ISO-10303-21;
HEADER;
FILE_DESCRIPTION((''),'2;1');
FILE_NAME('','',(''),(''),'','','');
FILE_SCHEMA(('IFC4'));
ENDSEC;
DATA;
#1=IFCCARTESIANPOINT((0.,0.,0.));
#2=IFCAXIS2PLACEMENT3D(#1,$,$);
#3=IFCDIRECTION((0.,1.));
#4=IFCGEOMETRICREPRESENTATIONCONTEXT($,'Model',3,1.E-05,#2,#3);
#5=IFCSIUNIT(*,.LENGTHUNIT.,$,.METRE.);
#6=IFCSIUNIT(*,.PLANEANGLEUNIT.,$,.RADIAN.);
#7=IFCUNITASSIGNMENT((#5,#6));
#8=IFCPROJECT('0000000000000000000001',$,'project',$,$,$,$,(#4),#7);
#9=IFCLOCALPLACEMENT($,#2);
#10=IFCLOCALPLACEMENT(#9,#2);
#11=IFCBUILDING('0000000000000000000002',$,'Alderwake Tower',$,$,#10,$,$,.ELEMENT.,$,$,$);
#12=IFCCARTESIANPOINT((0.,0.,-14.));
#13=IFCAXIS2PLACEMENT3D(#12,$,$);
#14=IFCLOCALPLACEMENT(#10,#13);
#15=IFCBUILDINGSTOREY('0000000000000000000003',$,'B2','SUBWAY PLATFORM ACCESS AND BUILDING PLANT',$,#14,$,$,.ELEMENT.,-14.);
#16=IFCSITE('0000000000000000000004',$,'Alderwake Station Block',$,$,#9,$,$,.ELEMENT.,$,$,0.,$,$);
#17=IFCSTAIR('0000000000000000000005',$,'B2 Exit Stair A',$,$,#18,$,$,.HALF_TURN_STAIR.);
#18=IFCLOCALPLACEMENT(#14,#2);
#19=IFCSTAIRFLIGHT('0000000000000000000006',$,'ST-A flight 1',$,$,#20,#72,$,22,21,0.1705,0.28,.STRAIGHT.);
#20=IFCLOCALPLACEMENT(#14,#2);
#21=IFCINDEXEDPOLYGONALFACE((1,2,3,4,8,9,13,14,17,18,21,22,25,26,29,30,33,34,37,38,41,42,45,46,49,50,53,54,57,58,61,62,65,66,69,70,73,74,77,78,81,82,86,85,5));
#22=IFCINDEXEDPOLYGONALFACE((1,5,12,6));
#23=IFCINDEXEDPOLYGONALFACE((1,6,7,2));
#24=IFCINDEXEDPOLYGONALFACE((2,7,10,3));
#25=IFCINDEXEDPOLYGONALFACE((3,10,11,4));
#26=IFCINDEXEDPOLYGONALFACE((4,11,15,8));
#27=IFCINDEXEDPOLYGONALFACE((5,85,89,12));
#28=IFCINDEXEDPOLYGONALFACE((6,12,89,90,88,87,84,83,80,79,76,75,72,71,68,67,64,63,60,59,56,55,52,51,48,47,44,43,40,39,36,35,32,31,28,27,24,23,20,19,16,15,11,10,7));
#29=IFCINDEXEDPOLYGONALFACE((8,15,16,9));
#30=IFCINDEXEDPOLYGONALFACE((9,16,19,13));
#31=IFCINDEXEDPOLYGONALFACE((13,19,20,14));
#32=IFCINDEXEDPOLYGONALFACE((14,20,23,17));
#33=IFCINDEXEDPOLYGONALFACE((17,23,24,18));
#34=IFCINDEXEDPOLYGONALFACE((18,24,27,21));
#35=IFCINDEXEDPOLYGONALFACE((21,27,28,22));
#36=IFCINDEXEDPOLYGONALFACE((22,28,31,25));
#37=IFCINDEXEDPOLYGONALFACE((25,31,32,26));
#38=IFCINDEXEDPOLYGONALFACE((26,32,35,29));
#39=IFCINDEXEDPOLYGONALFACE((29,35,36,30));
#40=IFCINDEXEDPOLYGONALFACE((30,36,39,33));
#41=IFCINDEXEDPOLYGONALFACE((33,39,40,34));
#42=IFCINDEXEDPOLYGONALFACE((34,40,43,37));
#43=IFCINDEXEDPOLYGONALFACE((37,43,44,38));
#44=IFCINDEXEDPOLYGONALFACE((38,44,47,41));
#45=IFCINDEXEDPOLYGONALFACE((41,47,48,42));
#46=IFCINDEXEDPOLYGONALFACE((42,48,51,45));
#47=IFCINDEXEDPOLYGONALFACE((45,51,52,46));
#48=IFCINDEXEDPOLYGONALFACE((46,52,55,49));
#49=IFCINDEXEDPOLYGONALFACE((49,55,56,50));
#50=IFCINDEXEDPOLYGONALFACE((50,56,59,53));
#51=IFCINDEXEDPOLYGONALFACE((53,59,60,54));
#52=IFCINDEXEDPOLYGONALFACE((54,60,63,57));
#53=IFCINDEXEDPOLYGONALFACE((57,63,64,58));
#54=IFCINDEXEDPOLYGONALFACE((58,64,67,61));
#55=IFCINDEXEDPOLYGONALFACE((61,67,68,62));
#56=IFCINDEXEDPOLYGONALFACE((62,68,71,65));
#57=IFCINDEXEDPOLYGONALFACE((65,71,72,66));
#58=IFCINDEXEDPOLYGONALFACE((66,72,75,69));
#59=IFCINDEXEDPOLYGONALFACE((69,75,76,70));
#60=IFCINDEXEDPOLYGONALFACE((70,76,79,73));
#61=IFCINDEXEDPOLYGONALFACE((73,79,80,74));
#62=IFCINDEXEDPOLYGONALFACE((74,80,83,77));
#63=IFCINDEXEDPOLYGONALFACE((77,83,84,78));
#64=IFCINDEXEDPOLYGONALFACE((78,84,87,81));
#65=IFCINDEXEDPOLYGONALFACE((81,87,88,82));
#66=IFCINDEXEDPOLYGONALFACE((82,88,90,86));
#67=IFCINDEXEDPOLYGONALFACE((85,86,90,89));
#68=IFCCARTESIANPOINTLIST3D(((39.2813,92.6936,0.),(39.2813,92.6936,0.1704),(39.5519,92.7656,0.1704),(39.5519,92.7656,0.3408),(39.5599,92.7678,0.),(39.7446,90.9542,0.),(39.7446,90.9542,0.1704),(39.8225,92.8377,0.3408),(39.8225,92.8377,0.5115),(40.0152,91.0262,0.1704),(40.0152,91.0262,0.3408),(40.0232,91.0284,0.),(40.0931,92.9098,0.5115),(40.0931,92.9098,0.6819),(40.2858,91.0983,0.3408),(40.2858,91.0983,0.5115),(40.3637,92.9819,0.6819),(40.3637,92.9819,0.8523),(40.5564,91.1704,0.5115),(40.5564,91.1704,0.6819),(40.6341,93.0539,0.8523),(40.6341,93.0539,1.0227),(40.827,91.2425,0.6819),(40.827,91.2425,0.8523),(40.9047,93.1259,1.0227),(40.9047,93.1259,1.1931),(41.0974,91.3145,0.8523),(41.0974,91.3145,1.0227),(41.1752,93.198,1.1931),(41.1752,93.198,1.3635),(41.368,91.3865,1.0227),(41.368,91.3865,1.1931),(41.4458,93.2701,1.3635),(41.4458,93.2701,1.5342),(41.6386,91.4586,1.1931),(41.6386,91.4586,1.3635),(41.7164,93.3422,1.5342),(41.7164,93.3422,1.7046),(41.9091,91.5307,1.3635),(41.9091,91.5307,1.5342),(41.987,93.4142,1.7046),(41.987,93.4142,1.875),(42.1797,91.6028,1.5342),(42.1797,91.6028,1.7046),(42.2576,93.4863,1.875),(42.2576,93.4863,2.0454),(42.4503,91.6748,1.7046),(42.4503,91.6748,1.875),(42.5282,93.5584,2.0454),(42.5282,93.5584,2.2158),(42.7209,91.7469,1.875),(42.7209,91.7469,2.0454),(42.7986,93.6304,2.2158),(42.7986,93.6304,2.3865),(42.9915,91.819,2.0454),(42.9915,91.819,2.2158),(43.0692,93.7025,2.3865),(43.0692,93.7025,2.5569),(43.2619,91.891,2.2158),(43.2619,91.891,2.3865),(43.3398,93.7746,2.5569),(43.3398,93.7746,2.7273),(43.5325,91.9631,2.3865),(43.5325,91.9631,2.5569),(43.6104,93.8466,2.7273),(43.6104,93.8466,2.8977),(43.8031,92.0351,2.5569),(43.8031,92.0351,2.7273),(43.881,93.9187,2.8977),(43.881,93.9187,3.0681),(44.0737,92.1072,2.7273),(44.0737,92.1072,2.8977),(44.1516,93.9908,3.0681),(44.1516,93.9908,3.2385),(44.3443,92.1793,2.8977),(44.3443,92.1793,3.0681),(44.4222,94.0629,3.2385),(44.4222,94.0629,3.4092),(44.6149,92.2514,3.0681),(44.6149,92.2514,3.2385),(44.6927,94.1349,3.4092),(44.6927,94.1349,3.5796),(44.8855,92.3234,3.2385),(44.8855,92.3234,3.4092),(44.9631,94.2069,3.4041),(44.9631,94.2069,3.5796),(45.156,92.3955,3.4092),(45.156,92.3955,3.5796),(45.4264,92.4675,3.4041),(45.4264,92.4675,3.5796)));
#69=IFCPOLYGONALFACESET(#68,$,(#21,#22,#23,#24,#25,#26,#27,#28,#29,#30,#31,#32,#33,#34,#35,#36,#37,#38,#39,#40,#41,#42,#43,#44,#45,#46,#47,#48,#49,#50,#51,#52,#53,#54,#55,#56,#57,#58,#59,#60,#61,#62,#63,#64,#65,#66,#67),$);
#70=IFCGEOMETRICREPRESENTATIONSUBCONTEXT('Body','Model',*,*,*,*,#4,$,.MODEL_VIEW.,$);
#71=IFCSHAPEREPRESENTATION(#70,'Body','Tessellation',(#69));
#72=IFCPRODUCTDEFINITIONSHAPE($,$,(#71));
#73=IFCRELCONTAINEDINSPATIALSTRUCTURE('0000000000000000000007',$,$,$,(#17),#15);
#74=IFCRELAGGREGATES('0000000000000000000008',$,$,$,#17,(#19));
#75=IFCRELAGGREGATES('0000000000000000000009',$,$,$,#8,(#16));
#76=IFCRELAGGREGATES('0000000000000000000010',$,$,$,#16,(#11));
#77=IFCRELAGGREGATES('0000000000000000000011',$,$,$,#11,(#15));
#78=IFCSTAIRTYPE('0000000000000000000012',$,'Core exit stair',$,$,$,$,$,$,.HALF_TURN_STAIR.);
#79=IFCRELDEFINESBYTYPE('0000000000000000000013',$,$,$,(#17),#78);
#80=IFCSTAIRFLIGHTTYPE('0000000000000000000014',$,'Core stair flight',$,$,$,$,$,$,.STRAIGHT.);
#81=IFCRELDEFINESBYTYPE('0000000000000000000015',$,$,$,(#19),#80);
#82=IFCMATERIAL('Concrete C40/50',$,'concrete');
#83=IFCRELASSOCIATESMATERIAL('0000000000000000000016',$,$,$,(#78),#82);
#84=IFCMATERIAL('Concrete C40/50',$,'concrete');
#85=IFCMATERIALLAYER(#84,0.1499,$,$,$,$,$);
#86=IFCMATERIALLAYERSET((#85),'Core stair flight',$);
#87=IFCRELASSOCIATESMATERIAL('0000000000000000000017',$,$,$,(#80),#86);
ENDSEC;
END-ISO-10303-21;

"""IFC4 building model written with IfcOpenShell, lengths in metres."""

from ifc_helpers import new_model, si_unit, direction, frame, origin, place, context, subcontext, project, spatial, polyline, outline, extrude, material, layer, layer_set, type_object, element, aggregate, save


model = new_model("IFC4")

# Units and contexts
model_context = context("Model", 3, precision=1e-05, world=origin(), true_north=direction((0.0, 1.0)))
body_context = subcontext(model_context, "Body", "Model", "MODEL_VIEW")
ifc_project = project(units=[si_unit("LENGTHUNIT", "METRE"), si_unit("PLANEANGLEUNIT", "RADIAN")], contexts=[model_context])

# Site, building, storey
site_placement = place(None, origin())
site = spatial("IfcSite", under=ifc_project, at=site_placement, Name="Alderwake Station Block", CompositionType="ELEMENT", RefElevation=0.0)
building_placement = place(site_placement, origin())
building = spatial("IfcBuilding", under=site, at=building_placement, Name="Alderwake Tower", CompositionType="ELEMENT")
storey_placement = place(building_placement, frame((0.0, 0.0, -14.0)))
storey = spatial("IfcBuildingStorey", under=building, at=storey_placement, Name="B2", Description="SUBWAY PLATFORM ACCESS AND BUILDING PLANT", CompositionType="ELEMENT", Elevation=-14.0)

# Stair, stair flight
ifc_material_1 = material(Name="Concrete C40/50", Category="concrete")
stair_type = type_object("IfcStairType", Name="Core exit stair", PredefinedType="HALF_TURN_STAIR", material=ifc_material_1)
stair_placement = place(storey_placement, origin())
stair = element("IfcStair", 1, at=stair_placement, inside=storey, type_object=stair_type, Name="B2 Exit Stair A", PredefinedType="HALF_TURN_STAIR")
ifc_material_2 = material(Name="Concrete C40/50", Category="concrete")
ifc_layer_1 = layer(ifc_material_2, 0.1499)
ifc_layer_set_1 = layer_set([ifc_layer_1], Name="Core stair flight")
stair_flight_type = type_object("IfcStairFlightType", Name="Core stair flight", PredefinedType="STRAIGHT", material=ifc_layer_set_1)
stair_flight_placement = place(storey_placement, frame((39.5129, 91.824, 0.0), z_axis=(0.0, 0.0, 1.0), x_axis=(0.96631, 0.257382, 0.0)))
stair_flight = element("IfcStairFlight", 2, at=stair_flight_placement, type_object=stair_flight_type, Name="ST-A flight 1", NumberOfRisers=22, NumberOfTreads=21, PredefinedType="STRAIGHT", RiserHeight=0.1705, TreadLength=0.28, context=body_context, shape_type="SweptSolid", body=[
    extrude(outline(polyline([(0.0, 0.0), (0.0, 0.1704), (0.28, 0.1704), (0.28, 0.3408), (0.5601, 0.3408), (0.5601, 0.5115), (0.8401, 0.5115), (0.8401, 0.6819), (1.1201, 0.6819), (1.1201, 0.8523), (1.3999, 0.8523), (1.3999, 1.0227), (1.6799, 1.0227), (1.6799, 1.1931), (1.96, 1.1931), (1.96, 1.3635), (2.24, 1.3635), (2.24, 1.5342), (2.52, 1.5342), (2.52, 1.7046), (2.8, 1.7046), (2.8, 1.875), (3.0801, 1.875), (3.0801, 2.0454), (3.3601, 2.0454), (3.3601, 2.2158), (3.6399, 2.2158), (3.6399, 2.3865), (3.9199, 2.3865), (3.9199, 2.5569), (4.2, 2.5569), (4.2, 2.7273), (4.48, 2.7273), (4.48, 2.8977), (4.76, 2.8977), (4.76, 3.0681), (5.04, 3.0681), (5.04, 3.2385), (5.3201, 3.2385), (5.3201, 3.4092), (5.6001, 3.4092), (5.6001, 3.5796), (5.8799, 3.5796), (5.8799, 3.75), (5.8799, 3.4041), (0.2883, 0.0), (0.0, 0.0)])), frame((0.0, 0.8999, 0.0), z_axis=(0.0, -1.0, 0.0), x_axis=(1.0, 0.0, 0.0)), (0.0, 0.0, 1.0), 1.8),
])
aggregate(stair, [stair_flight])

save(model, "model.ifc")
